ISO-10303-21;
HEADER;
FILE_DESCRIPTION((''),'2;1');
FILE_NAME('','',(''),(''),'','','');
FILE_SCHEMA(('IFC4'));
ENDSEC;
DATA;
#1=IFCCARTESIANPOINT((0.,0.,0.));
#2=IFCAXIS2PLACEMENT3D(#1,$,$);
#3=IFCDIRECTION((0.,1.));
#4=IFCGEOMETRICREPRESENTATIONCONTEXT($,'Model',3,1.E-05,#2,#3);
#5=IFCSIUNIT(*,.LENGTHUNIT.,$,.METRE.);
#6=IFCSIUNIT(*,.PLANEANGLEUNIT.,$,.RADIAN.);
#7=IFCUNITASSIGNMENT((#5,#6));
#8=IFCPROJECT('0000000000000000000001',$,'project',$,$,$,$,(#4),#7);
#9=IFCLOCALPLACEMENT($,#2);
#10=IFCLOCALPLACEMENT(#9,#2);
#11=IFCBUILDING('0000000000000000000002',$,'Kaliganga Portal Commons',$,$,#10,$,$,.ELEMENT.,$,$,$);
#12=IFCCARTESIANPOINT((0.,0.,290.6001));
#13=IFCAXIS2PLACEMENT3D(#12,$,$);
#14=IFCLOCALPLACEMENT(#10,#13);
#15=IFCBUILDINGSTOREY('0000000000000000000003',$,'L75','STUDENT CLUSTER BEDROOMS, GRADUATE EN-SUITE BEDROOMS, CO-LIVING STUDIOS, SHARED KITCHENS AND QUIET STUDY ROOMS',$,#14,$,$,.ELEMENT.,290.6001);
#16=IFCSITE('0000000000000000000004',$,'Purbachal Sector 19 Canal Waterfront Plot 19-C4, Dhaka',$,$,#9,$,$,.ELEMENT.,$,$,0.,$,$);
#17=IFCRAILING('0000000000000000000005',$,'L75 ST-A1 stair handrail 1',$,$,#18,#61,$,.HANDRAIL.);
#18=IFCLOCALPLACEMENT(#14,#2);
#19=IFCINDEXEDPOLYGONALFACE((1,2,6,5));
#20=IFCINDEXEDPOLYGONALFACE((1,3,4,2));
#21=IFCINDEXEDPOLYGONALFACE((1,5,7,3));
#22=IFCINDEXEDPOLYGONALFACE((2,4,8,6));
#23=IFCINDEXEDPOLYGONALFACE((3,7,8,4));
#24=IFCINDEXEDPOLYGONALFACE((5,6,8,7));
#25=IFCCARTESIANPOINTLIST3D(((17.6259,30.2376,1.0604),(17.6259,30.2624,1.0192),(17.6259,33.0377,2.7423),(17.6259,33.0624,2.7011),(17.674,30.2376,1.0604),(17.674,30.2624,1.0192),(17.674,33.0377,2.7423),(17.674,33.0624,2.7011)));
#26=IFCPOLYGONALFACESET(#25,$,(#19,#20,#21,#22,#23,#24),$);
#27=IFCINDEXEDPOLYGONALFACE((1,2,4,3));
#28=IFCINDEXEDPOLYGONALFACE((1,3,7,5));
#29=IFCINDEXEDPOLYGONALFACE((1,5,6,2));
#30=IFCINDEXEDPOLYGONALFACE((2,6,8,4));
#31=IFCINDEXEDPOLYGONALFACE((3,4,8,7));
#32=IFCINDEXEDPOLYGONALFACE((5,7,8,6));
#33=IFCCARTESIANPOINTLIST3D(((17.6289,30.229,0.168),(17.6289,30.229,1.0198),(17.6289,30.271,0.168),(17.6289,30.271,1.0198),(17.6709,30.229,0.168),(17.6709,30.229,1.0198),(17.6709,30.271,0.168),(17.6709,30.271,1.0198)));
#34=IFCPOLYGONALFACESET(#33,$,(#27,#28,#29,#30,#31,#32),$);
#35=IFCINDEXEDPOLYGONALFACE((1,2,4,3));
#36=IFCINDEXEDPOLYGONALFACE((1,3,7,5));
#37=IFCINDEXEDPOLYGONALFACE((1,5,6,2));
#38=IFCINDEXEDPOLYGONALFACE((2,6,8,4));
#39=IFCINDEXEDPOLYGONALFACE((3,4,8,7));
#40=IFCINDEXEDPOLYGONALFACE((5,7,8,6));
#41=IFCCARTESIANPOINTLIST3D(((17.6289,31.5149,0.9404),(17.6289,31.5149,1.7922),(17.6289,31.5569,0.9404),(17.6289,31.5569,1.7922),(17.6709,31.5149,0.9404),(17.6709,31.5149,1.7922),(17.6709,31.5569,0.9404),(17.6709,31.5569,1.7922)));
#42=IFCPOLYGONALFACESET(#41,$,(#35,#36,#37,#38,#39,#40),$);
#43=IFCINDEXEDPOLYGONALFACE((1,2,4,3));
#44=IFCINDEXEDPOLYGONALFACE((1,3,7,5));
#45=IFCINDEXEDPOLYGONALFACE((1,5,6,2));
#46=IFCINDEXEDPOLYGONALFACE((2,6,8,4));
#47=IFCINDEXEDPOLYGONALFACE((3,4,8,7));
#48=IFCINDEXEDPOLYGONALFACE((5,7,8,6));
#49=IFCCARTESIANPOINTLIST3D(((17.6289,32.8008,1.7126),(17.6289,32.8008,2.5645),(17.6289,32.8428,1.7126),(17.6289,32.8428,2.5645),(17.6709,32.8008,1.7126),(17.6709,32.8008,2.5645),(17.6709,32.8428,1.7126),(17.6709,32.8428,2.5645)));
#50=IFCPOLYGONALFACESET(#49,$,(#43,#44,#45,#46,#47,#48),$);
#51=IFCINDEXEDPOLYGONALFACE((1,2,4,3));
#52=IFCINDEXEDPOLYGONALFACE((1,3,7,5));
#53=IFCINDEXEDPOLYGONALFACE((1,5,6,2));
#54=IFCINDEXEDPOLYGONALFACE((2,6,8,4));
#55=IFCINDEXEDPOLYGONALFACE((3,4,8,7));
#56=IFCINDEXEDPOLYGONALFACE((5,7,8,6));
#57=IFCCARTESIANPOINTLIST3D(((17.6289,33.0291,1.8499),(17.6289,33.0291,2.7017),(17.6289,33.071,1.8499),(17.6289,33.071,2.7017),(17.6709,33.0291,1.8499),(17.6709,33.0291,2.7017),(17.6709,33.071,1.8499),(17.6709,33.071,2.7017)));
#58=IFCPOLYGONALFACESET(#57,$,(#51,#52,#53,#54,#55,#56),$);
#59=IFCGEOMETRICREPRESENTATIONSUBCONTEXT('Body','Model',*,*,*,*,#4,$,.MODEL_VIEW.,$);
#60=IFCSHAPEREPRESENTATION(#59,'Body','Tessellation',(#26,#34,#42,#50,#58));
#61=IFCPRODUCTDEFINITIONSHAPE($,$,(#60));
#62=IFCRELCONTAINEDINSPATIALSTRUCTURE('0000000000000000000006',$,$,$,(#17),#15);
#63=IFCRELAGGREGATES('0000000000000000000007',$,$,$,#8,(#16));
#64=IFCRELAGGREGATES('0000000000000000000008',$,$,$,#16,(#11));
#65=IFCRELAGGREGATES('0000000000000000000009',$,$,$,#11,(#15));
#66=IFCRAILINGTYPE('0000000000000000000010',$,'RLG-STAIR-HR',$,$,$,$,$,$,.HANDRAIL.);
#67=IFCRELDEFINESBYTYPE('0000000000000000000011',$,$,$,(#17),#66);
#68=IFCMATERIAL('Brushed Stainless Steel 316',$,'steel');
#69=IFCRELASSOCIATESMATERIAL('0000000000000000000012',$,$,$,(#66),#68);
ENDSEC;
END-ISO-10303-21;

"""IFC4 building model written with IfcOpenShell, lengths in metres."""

from ifc_helpers import new_model, si_unit, direction, frame, origin, origin_2d, place, context, subcontext, project, spatial, rectangle, extrude, material, type_object, element, save


model = new_model("IFC4")

# Units and contexts
model_context = context("Model", 3, precision=1e-05, world=origin(), true_north=direction((0.0, 1.0)))
body_context = subcontext(model_context, "Body", "Model", "MODEL_VIEW")
ifc_project = project(units=[si_unit("LENGTHUNIT", "METRE"), si_unit("PLANEANGLEUNIT", "RADIAN")], contexts=[model_context])

# Site, building, storey
site_placement = place(None, origin())
site = spatial("IfcSite", under=ifc_project, at=site_placement, Name="Purbachal Sector 19 Canal Waterfront Plot 19-C4, Dhaka", CompositionType="ELEMENT", RefElevation=0.0)
building_placement = place(site_placement, origin())
building = spatial("IfcBuilding", under=site, at=building_placement, Name="Kaliganga Portal Commons", CompositionType="ELEMENT")
storey_placement = place(building_placement, frame((0.0, 0.0, 290.6001)))
storey = spatial("IfcBuildingStorey", under=building, at=storey_placement, Name="L75", Description="STUDENT CLUSTER BEDROOMS, GRADUATE EN-SUITE BEDROOMS, CO-LIVING STUDIOS, SHARED KITCHENS AND QUIET STUDY ROOMS", CompositionType="ELEMENT", Elevation=290.6001)

# Railing
ifc_material_1 = material(Name="Brushed Stainless Steel 316", Category="steel")
railing_type_1 = type_object("IfcRailingType", Name="RLG-STAIR-HR", PredefinedType="HANDRAIL", material=ifc_material_1)
railing_1_placement = place(storey_placement, frame((17.6499, 30.25, 0.168)))
element("IfcRailing", 1, at=railing_1_placement, inside=storey, type_object=railing_type_1, Name="L75 ST-A1 stair handrail 1", PredefinedType="HANDRAIL", context=body_context, shape_type="SweptSolid", body=[
    extrude(rectangle(XDim=0.0481, YDim=0.0481, at=origin_2d()), frame((0.0, 0.0, 0.8718), z_axis=(0.0, 0.857242, 0.514913), x_axis=(-1.0, 0.0, 0.0)), (0.0, 0.0, 1.0), 3.2664),
    extrude(rectangle(XDim=0.042, YDim=0.042, at=origin_2d()), origin(), (0.0, 0.0, 1.0), 0.8518),
    extrude(rectangle(XDim=0.042, YDim=0.042, at=origin_2d()), frame((0.0, 1.2859, 0.7725)), (0.0, 0.0, 1.0), 0.8518),
    extrude(rectangle(XDim=0.042, YDim=0.042, at=origin_2d()), frame((0.0, 2.5718, 1.5447)), (0.0, 0.0, 1.0), 0.8518),
    extrude(rectangle(XDim=0.042, YDim=0.042, at=origin_2d()), frame((0.0, 2.8, 1.6819)), (0.0, 0.0, 1.0), 0.8518),
])

save(model, "model.ifc")
